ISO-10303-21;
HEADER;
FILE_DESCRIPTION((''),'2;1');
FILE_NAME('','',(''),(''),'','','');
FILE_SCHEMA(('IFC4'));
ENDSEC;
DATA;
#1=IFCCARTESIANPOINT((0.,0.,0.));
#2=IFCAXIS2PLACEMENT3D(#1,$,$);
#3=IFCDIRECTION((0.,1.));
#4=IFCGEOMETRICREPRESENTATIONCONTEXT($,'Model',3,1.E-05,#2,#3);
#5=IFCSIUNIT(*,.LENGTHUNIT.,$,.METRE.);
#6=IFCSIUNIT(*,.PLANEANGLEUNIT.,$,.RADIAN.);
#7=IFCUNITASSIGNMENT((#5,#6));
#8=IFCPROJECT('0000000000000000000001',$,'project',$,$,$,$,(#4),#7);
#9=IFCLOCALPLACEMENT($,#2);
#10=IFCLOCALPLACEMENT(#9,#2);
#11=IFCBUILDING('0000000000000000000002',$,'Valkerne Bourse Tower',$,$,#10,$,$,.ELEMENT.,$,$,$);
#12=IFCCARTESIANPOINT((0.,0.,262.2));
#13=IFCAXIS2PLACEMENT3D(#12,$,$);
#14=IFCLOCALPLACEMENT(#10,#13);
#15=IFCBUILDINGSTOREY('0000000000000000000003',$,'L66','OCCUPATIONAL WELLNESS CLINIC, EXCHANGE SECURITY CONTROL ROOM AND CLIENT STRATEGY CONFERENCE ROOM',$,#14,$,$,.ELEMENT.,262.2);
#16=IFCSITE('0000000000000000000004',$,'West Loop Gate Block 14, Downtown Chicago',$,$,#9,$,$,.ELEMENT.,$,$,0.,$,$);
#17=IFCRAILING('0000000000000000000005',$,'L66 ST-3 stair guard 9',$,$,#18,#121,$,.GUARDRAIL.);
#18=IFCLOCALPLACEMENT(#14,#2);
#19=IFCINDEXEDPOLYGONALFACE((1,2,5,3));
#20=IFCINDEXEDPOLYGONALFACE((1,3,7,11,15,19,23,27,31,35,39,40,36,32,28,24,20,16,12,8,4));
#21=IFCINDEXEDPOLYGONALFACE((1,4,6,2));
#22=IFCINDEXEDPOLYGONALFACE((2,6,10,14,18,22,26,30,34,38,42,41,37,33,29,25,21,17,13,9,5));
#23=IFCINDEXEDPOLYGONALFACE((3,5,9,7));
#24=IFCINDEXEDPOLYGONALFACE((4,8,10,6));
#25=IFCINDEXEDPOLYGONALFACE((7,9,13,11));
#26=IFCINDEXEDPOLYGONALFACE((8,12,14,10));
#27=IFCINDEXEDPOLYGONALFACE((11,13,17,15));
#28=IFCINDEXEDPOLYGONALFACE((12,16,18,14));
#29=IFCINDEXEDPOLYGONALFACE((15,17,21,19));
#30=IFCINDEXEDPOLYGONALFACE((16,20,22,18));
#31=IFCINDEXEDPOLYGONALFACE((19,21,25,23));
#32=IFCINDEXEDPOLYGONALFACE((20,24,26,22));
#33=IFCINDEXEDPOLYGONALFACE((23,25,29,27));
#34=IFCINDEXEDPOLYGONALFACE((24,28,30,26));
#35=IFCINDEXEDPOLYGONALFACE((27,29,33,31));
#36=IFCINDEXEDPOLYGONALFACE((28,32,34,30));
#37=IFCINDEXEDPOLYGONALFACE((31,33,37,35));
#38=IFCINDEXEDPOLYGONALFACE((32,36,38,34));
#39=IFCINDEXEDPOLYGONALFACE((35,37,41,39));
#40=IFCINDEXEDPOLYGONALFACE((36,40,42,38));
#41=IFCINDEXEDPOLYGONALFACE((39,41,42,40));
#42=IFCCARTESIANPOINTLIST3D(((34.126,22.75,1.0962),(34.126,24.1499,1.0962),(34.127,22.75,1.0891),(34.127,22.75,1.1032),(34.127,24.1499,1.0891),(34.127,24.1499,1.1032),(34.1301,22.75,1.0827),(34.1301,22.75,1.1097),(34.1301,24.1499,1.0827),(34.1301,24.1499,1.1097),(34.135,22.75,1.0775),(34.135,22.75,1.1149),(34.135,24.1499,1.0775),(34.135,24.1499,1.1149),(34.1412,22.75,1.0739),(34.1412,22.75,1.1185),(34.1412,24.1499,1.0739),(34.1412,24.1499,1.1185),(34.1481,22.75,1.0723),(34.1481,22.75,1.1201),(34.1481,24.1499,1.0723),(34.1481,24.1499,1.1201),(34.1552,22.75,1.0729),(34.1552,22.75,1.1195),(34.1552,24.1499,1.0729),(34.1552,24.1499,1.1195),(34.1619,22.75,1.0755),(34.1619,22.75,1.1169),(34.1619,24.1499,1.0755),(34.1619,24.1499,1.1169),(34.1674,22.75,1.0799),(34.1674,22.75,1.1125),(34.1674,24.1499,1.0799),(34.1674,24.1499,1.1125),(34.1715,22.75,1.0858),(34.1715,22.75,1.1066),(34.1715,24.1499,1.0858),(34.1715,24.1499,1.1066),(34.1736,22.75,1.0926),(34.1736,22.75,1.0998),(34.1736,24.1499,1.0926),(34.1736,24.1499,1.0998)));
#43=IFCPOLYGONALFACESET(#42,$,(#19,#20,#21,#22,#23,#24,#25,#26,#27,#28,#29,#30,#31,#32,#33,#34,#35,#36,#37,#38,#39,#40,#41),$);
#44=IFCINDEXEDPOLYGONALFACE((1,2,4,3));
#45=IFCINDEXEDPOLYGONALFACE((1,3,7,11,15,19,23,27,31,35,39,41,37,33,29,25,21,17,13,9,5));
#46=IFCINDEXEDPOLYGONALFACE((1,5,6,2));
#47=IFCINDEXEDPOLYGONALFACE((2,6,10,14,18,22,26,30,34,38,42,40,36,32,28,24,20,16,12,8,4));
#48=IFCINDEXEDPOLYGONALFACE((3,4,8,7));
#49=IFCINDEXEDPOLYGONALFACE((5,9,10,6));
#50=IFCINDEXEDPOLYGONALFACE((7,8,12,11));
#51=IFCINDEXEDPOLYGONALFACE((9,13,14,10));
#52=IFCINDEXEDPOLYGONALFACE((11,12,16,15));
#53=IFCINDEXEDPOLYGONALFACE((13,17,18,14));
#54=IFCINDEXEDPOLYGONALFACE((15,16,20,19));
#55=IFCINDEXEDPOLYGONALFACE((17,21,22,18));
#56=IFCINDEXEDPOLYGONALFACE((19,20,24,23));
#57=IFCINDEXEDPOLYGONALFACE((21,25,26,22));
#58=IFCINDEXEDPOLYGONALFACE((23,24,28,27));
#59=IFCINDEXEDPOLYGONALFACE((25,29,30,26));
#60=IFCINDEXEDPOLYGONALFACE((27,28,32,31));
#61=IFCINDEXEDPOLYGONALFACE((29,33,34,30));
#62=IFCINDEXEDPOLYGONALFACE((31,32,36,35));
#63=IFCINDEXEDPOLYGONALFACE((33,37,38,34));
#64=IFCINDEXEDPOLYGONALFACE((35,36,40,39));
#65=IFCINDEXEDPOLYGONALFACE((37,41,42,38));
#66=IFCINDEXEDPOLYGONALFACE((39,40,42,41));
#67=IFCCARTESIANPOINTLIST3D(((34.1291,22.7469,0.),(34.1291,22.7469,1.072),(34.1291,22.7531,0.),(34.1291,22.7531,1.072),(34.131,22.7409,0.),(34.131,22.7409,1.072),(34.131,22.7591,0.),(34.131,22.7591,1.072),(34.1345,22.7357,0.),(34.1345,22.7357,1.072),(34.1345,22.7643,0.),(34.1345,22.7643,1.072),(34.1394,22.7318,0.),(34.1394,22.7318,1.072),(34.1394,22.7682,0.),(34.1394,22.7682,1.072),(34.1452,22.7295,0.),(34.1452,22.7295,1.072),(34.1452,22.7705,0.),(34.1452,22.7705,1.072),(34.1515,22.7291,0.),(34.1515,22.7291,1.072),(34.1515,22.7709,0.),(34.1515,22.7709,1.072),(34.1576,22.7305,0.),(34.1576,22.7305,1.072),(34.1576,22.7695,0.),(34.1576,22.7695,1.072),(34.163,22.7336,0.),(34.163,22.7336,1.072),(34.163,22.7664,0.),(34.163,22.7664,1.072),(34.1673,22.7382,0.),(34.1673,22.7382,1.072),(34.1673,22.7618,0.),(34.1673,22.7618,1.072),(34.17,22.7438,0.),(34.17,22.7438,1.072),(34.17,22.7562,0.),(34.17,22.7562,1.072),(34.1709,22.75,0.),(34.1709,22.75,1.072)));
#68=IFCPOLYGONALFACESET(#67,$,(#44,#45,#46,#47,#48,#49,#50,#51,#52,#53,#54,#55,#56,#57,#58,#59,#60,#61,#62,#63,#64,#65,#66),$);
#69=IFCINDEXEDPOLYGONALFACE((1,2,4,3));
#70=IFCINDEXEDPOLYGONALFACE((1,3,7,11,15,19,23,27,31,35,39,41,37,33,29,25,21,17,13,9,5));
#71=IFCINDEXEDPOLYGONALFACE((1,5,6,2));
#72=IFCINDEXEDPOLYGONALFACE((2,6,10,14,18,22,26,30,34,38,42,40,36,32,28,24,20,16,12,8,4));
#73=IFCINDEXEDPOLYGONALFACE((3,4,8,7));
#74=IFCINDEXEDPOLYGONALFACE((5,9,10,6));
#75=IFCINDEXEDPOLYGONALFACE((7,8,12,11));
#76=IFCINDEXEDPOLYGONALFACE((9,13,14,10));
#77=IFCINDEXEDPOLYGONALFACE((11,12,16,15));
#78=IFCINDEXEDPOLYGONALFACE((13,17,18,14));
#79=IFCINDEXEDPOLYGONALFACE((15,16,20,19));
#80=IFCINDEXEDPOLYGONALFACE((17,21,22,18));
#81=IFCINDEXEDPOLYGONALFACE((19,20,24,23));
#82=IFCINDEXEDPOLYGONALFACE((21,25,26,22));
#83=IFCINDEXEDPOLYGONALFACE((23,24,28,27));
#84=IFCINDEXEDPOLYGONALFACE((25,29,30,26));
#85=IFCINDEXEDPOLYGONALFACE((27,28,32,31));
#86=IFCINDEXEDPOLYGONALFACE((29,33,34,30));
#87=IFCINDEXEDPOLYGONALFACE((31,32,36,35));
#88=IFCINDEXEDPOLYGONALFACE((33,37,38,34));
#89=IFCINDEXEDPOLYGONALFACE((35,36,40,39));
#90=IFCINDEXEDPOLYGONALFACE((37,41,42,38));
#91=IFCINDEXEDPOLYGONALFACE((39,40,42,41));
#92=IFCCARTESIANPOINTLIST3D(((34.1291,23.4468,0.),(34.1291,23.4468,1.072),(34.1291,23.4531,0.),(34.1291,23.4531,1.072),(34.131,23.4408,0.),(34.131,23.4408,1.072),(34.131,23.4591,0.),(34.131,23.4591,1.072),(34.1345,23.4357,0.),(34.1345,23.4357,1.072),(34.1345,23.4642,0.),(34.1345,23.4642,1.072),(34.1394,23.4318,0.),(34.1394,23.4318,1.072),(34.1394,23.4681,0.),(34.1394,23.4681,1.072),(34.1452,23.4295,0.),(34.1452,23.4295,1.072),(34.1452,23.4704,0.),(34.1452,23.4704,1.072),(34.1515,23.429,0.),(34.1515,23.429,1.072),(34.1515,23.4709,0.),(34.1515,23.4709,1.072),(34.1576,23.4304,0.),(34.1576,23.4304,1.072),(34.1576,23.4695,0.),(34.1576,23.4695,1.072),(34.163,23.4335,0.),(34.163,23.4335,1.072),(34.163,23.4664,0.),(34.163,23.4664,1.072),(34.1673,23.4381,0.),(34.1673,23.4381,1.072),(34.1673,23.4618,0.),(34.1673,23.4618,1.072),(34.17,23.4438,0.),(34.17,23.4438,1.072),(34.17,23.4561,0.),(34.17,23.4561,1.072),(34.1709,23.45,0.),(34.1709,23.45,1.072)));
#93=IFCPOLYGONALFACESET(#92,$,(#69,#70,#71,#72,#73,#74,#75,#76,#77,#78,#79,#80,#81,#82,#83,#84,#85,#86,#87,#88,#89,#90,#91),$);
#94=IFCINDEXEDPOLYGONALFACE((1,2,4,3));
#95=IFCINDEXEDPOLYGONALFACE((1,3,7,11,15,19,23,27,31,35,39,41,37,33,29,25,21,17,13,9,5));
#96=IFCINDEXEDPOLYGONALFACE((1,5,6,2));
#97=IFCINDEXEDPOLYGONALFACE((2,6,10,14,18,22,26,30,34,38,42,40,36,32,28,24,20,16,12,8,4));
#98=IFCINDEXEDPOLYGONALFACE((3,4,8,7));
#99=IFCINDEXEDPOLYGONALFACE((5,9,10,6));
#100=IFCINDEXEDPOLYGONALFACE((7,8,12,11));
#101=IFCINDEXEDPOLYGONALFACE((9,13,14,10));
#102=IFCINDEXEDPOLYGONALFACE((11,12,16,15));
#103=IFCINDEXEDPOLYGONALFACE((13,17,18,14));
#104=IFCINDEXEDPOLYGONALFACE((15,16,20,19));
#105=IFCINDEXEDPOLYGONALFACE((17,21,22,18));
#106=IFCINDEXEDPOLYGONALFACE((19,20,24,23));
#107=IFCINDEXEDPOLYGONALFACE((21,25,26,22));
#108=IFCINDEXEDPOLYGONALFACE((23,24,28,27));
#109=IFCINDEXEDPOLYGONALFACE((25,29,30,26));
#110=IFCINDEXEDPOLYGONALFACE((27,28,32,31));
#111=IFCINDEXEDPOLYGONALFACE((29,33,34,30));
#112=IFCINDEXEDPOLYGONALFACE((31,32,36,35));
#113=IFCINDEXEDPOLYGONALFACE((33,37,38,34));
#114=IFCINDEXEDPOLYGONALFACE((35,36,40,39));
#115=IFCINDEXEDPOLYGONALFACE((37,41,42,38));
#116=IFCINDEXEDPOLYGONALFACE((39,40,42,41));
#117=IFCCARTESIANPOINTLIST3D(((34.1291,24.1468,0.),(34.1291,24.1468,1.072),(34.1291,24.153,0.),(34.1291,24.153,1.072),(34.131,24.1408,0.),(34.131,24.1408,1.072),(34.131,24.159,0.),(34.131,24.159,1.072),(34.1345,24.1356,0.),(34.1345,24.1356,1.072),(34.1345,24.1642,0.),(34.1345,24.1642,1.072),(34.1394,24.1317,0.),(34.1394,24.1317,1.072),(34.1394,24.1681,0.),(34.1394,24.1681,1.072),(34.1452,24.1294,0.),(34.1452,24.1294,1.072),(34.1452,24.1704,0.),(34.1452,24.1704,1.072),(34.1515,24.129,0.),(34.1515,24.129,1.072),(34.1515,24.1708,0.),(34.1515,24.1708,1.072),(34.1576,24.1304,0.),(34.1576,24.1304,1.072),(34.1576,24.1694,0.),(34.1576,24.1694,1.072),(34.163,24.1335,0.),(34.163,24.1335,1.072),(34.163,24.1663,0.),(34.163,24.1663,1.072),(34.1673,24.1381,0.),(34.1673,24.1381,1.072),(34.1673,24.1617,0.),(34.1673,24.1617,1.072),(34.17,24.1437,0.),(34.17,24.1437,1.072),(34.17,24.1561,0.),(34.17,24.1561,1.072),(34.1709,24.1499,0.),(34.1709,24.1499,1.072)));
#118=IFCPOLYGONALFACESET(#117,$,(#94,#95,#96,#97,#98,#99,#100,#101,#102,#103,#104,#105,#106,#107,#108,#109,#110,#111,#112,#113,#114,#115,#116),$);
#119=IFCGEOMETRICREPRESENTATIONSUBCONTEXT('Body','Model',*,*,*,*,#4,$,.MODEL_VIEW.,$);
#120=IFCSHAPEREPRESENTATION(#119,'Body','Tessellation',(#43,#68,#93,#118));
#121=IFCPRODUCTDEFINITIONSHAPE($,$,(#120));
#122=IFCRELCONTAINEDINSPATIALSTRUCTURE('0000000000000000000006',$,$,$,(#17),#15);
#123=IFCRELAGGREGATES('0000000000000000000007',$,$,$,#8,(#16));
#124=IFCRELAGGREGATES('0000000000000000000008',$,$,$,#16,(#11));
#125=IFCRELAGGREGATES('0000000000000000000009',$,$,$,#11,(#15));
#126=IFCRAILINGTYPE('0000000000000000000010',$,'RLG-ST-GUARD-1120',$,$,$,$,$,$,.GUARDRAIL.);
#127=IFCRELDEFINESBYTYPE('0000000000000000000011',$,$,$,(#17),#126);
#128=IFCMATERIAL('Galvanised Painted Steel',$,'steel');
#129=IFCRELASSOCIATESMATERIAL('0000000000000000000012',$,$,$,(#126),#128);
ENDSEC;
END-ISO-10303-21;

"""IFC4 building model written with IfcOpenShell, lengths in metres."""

from ifc_helpers import new_model, si_unit, direction, frame, origin, origin_2d, place, context, subcontext, project, spatial, circle, extrude, material, type_object, element, save


model = new_model("IFC4")

# Units and contexts
model_context = context("Model", 3, precision=1e-05, world=origin(), true_north=direction((0.0, 1.0)))
body_context = subcontext(model_context, "Body", "Model", "MODEL_VIEW")
ifc_project = project(units=[si_unit("LENGTHUNIT", "METRE"), si_unit("PLANEANGLEUNIT", "RADIAN")], contexts=[model_context])

# Site, building, storey
site_placement = place(None, origin())
site = spatial("IfcSite", under=ifc_project, at=site_placement, Name="West Loop Gate Block 14, Downtown Chicago", CompositionType="ELEMENT", RefElevation=0.0)
building_placement = place(site_placement, origin())
building = spatial("IfcBuilding", under=site, at=building_placement, Name="Valkerne Bourse Tower", CompositionType="ELEMENT")
storey_placement = place(building_placement, frame((0.0, 0.0, 262.2)))
storey = spatial("IfcBuildingStorey", under=building, at=storey_placement, Name="L66", Description="OCCUPATIONAL WELLNESS CLINIC, EXCHANGE SECURITY CONTROL ROOM AND CLIENT STRATEGY CONFERENCE ROOM", CompositionType="ELEMENT", Elevation=262.2)

# Shared definitions
ifc_material_1 = material(Name="Galvanised Painted Steel", Category="steel")

# Railing
railing_type_1 = type_object("IfcRailingType", Name="RLG-ST-GUARD-1120", PredefinedType="GUARDRAIL", material=ifc_material_1)
railing_1_placement = place(storey_placement, frame((34.1499, 22.75, 0.0)))
element("IfcRailing", 1, at=railing_1_placement, inside=storey, type_object=railing_type_1, Name="L66 ST-3 stair guard 9", PredefinedType="GUARDRAIL", context=body_context, shape_type="SweptSolid", body=[
    extrude(circle(Radius=0.0239, at=origin_2d()), frame((0.0, 0.0, 1.0962), z_axis=(0.0, 1.0, 0.0), x_axis=(-1.0, 0.0, 0.0)), (0.0, 0.0, 1.0), 1.3999),
    extrude(circle(Radius=0.021, at=origin_2d()), origin(), (0.0, 0.0, 1.0), 1.072),
    extrude(circle(Radius=0.021, at=origin_2d()), frame((0.0, 0.7, 0.0)), (0.0, 0.0, 1.0), 1.072),
    extrude(circle(Radius=0.021, at=origin_2d()), frame((0.0, 1.3999, 0.0)), (0.0, 0.0, 1.0), 1.072),
])

save(model, "model.ifc")
